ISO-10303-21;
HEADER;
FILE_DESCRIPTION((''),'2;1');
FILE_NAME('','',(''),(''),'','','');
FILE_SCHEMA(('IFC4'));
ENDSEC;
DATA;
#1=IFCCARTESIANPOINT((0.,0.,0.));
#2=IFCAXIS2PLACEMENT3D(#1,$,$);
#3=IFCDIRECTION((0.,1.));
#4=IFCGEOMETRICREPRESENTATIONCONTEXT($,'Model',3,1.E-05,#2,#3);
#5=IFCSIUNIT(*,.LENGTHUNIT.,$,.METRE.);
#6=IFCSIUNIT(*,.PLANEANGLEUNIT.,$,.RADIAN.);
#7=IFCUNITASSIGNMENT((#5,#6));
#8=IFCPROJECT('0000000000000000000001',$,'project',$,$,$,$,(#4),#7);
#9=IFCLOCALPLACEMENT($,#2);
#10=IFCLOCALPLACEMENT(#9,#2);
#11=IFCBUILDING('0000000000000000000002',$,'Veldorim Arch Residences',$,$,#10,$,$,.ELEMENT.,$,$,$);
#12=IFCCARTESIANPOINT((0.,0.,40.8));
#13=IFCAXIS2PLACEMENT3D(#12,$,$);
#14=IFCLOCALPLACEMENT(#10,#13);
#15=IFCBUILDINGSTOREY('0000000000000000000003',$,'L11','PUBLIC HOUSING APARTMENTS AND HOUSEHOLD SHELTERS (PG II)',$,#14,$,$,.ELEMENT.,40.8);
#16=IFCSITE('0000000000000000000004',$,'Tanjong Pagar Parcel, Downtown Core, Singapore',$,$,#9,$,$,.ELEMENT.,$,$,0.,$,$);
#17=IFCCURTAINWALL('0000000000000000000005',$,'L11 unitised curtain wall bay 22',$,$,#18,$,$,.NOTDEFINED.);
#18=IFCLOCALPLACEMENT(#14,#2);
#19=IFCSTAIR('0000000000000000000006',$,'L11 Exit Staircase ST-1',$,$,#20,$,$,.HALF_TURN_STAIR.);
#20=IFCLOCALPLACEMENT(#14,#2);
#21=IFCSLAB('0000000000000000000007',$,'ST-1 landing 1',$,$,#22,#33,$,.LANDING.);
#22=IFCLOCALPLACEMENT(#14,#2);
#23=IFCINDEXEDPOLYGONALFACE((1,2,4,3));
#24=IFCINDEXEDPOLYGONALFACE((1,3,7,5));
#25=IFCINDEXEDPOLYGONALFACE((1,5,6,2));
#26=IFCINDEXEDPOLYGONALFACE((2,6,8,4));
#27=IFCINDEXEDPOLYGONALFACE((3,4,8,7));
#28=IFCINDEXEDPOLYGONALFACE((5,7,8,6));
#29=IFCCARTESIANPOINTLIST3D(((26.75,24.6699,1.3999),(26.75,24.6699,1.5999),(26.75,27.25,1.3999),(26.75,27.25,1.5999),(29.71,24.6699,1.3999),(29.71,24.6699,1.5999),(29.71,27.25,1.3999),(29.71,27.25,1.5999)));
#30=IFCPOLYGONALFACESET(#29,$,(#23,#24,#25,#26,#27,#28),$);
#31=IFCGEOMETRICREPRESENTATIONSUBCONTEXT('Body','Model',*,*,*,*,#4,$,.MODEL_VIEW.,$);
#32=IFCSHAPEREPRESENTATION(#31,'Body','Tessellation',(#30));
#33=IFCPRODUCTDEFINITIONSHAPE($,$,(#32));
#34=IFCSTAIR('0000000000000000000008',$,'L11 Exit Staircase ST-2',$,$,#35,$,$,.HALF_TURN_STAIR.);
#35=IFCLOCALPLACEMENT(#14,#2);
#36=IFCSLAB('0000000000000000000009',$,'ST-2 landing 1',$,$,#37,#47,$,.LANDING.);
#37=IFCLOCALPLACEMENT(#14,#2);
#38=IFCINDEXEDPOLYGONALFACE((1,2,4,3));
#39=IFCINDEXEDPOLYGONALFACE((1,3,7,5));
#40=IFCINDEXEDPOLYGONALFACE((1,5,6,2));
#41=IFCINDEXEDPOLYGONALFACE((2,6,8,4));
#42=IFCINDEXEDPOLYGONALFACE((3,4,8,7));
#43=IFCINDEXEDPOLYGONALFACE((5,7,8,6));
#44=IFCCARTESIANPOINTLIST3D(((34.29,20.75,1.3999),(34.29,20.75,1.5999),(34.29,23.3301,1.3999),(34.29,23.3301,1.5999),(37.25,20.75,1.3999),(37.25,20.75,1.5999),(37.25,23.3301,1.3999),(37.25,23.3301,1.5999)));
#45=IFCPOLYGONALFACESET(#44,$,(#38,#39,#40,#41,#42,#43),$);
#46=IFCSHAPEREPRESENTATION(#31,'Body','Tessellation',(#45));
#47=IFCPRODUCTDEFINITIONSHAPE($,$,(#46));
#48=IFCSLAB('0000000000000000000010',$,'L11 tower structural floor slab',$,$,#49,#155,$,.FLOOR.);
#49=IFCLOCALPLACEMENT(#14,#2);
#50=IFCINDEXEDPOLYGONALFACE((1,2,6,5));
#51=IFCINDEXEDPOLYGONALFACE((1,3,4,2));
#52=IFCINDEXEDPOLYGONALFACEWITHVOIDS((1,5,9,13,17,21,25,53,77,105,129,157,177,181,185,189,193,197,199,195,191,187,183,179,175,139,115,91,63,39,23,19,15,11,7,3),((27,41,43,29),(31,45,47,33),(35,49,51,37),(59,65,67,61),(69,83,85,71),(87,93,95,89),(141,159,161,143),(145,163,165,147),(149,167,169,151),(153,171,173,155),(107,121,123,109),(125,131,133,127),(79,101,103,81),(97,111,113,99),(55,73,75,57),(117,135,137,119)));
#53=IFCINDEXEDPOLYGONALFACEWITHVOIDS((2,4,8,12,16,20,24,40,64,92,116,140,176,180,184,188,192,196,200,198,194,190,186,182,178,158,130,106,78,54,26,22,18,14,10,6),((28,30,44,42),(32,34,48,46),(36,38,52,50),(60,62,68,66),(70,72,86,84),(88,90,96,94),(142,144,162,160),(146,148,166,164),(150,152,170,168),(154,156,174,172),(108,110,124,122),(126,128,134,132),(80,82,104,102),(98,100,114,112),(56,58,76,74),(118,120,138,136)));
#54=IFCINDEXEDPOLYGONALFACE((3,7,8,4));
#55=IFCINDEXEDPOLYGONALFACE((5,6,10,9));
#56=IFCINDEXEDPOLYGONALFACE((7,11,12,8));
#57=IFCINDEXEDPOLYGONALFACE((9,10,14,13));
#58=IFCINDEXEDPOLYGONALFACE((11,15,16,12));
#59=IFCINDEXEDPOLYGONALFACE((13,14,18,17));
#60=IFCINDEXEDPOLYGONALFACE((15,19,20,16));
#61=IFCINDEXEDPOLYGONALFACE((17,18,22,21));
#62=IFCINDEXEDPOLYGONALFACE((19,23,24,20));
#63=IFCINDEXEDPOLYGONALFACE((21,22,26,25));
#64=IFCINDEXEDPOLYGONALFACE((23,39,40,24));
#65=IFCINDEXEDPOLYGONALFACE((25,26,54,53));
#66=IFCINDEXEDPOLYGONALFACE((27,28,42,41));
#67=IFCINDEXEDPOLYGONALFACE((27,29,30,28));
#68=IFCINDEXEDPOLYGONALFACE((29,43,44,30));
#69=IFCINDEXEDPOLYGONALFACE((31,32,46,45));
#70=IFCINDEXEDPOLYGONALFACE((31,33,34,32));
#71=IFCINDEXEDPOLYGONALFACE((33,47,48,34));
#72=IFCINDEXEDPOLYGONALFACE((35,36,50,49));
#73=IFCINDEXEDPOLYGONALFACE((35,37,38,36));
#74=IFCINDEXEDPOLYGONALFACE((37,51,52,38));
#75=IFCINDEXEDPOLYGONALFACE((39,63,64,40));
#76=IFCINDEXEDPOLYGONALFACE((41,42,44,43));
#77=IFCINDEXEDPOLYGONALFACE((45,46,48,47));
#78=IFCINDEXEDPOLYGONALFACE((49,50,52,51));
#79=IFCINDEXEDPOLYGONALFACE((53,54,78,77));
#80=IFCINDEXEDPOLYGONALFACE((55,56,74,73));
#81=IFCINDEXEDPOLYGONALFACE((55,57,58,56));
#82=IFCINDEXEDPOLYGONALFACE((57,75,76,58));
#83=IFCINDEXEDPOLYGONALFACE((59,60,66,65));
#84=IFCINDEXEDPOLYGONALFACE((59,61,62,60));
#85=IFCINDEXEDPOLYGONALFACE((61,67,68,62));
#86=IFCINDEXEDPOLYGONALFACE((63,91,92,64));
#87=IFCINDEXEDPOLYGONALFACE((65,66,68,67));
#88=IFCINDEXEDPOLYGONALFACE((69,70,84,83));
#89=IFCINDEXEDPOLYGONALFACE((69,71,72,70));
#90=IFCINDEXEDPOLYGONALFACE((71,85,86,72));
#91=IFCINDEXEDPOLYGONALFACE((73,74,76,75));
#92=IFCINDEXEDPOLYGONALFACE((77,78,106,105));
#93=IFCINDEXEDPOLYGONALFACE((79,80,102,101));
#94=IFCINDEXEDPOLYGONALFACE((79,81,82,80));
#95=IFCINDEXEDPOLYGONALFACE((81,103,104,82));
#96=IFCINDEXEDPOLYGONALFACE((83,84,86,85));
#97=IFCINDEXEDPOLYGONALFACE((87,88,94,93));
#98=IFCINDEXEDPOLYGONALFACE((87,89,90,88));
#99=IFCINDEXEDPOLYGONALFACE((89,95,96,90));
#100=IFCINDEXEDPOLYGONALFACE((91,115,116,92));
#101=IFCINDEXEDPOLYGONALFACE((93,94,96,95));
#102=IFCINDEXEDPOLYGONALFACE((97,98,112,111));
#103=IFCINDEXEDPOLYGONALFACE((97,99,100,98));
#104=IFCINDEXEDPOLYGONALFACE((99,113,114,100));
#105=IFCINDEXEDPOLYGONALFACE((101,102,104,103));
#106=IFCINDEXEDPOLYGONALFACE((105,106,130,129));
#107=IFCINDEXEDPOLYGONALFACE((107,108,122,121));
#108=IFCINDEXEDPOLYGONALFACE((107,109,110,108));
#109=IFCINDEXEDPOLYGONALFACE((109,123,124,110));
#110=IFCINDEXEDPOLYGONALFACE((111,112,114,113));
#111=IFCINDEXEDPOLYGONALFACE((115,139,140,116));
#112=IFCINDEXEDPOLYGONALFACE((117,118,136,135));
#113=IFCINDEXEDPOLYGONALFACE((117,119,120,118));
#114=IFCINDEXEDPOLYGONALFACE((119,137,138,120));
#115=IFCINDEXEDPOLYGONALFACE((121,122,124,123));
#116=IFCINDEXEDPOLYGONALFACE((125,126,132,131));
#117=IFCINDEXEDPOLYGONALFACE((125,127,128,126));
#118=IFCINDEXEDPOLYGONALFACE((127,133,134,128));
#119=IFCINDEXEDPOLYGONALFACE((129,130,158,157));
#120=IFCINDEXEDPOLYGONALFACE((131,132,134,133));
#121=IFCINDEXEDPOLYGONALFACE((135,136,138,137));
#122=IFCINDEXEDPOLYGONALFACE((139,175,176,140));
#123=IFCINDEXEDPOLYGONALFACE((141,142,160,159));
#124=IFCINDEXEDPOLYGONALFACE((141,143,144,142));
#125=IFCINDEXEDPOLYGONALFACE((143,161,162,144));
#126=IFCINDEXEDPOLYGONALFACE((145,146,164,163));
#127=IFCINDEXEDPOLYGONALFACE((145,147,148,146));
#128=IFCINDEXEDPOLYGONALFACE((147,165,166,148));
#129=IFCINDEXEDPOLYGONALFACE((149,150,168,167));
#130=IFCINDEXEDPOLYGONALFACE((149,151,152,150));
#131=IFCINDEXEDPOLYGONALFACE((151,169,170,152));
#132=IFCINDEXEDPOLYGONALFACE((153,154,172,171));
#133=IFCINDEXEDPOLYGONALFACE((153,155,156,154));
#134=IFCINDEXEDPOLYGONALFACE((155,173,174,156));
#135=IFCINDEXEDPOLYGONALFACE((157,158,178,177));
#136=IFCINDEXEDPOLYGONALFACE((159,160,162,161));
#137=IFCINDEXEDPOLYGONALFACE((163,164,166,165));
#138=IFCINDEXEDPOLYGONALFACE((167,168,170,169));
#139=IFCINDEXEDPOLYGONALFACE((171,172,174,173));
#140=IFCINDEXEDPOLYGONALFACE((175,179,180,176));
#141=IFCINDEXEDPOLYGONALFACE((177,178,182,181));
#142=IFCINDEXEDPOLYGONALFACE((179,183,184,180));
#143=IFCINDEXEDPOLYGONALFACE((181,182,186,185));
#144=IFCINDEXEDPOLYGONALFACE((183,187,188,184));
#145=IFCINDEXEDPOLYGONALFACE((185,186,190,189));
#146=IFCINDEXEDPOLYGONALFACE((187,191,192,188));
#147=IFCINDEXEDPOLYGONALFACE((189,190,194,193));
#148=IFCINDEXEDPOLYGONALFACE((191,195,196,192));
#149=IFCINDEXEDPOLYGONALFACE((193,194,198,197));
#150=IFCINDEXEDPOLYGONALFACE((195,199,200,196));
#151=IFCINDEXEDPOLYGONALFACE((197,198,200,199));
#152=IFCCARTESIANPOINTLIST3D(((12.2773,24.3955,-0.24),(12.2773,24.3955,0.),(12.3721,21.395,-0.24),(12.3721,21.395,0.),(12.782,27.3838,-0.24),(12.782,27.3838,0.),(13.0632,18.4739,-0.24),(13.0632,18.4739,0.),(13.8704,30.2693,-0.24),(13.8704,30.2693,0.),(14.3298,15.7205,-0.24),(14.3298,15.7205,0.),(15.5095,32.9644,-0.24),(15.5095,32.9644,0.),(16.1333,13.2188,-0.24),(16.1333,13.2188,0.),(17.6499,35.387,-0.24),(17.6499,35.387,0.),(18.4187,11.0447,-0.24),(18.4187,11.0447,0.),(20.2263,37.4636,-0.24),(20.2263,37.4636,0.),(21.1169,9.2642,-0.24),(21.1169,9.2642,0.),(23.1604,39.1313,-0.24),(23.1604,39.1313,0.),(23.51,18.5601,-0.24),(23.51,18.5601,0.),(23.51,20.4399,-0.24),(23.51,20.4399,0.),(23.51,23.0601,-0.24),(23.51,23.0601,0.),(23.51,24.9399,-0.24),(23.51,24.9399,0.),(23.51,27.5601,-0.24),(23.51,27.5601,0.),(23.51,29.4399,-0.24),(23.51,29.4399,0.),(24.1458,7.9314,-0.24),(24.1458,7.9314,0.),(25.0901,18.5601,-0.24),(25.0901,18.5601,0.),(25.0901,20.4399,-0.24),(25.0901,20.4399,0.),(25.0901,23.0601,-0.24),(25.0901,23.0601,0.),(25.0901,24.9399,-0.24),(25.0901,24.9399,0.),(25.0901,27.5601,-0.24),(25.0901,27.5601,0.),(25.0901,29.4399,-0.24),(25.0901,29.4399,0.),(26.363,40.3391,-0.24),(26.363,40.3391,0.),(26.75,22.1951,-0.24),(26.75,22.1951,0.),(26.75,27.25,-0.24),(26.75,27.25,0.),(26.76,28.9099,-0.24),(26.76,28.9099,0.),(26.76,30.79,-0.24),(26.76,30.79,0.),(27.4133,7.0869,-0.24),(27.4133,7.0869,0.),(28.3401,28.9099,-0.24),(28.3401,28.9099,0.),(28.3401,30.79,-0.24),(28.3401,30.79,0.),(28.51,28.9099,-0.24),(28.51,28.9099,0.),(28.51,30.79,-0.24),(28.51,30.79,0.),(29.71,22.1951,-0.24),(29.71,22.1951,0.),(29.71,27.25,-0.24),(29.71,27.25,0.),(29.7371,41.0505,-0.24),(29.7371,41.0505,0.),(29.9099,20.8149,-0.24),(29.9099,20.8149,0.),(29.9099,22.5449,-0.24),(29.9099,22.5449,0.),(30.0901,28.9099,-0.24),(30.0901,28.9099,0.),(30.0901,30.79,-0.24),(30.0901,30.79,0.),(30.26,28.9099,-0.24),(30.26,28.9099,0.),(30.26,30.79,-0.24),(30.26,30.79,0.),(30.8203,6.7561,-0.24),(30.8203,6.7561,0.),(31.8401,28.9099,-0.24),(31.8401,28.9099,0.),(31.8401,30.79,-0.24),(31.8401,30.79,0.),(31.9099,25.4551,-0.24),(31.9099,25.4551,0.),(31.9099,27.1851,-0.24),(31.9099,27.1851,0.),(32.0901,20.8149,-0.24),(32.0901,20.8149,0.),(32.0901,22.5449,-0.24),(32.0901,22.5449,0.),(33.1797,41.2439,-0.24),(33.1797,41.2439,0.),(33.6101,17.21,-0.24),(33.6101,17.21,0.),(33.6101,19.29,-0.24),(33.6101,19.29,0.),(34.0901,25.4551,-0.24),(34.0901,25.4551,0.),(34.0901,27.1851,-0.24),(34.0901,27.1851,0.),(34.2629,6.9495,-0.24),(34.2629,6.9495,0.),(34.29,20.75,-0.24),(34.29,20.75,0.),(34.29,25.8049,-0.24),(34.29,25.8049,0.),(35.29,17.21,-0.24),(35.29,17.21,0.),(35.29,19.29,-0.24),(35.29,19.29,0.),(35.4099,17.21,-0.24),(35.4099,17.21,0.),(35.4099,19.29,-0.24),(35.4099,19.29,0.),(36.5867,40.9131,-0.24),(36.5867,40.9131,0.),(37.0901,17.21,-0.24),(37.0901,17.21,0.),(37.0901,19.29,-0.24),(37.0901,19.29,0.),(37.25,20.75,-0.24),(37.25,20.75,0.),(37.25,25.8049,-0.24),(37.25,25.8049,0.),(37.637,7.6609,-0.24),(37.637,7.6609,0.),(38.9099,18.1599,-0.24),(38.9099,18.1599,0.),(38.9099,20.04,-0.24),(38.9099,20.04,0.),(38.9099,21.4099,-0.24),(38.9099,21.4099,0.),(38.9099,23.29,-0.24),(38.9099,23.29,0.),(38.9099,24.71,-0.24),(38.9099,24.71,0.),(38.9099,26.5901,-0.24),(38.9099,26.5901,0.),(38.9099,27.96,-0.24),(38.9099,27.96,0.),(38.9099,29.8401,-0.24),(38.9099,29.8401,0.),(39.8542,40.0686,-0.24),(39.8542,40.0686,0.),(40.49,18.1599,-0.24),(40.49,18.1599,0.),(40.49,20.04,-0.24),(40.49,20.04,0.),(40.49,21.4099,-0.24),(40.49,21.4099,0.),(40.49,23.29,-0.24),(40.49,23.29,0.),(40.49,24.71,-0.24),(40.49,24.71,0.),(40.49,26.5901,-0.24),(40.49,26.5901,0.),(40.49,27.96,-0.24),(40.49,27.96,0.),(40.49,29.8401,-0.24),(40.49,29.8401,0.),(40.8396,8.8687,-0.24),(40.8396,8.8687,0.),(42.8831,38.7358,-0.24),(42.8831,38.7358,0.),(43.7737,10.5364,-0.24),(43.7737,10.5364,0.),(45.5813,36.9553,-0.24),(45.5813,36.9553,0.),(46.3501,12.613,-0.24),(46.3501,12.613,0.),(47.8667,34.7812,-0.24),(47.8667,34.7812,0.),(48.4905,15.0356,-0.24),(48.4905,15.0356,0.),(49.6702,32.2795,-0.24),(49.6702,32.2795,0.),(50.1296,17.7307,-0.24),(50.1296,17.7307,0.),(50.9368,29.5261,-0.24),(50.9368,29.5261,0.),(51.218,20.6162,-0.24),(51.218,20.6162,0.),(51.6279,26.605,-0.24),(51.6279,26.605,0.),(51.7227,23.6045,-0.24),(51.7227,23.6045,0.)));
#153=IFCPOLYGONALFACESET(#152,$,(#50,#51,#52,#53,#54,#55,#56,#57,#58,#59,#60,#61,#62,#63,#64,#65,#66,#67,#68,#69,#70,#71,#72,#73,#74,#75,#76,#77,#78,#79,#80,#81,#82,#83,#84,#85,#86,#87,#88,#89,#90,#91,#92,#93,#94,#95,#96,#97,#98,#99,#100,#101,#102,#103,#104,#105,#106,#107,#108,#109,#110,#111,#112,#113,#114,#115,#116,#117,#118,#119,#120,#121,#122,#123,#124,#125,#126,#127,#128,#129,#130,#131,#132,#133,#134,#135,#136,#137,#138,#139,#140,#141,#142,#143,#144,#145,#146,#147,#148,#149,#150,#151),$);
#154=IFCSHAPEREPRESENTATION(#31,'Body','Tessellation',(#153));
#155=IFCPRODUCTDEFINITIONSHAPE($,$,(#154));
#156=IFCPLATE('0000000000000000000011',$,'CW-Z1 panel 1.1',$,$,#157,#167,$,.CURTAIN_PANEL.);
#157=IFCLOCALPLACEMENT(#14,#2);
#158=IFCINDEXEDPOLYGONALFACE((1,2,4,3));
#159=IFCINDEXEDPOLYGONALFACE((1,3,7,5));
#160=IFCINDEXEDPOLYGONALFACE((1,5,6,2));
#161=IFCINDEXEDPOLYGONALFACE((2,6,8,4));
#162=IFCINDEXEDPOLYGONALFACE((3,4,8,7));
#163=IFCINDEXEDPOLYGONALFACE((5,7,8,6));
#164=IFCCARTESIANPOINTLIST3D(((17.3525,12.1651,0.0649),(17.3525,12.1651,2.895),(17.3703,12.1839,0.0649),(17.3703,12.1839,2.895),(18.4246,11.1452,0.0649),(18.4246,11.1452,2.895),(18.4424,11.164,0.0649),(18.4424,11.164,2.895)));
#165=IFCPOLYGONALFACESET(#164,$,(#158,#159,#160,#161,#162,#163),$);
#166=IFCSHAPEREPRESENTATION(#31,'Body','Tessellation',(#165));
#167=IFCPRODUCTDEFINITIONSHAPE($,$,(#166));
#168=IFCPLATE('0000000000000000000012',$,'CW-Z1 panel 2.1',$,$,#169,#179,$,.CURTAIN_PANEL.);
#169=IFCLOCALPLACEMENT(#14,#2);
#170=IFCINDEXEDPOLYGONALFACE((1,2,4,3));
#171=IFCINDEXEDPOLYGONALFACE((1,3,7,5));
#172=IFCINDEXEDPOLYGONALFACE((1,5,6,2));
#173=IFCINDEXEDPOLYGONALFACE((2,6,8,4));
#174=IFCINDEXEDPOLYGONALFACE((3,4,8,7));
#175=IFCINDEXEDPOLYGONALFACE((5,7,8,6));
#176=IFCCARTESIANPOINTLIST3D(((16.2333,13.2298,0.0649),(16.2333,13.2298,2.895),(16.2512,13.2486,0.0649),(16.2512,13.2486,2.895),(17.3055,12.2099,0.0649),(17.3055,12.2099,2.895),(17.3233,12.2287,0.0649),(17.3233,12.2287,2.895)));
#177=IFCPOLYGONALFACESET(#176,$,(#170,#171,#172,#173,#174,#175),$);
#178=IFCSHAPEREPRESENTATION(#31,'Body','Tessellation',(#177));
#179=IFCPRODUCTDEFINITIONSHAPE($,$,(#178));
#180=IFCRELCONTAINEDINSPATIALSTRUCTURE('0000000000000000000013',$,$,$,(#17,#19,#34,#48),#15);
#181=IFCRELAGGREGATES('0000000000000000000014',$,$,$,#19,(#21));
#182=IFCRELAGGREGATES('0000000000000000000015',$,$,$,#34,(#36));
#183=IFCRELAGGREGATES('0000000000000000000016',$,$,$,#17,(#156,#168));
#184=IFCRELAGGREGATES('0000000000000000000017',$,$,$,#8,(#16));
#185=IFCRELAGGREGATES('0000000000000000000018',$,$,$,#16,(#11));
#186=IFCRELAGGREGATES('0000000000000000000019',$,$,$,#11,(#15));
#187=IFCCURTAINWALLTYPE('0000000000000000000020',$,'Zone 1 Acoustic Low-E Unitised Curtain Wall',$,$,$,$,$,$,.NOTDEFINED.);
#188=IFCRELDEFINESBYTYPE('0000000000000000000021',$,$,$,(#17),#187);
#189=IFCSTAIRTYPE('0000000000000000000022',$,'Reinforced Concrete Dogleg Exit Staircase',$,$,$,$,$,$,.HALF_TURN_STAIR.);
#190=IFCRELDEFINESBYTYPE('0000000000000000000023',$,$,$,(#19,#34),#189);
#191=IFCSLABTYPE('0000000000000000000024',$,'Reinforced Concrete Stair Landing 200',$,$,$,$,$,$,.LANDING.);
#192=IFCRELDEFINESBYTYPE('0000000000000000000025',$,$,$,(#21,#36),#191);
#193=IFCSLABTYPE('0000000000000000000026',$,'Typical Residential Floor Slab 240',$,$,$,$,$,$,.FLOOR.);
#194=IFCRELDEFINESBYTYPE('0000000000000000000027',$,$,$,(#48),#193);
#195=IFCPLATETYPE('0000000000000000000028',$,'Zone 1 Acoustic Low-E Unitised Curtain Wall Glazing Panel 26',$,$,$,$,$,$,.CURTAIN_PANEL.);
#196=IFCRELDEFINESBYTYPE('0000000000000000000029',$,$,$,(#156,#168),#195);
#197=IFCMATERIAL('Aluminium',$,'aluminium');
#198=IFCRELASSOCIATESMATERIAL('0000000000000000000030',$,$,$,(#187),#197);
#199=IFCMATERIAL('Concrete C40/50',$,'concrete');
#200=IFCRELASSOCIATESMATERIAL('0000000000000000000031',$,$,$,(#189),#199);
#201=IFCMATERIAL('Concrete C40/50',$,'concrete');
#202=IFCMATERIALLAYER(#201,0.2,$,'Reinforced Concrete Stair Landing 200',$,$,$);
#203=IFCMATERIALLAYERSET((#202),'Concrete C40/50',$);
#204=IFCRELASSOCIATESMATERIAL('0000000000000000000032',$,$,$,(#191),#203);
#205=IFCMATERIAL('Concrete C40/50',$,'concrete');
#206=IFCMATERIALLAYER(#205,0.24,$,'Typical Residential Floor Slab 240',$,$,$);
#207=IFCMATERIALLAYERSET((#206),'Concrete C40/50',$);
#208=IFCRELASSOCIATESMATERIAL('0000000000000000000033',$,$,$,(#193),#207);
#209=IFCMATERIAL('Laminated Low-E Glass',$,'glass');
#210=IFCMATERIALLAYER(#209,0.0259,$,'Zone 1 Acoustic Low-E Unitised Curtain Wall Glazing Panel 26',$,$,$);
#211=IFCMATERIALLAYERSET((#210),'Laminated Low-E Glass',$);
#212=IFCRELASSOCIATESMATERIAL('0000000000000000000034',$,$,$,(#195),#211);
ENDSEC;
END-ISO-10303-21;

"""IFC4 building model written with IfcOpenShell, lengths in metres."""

from ifc_helpers import new_model, si_unit, direction, frame, origin, origin_2d, place, context, subcontext, project, spatial, polyline, rectangle, outline, extrude, material, layer, layer_set, type_object, element, aggregate, save


model = new_model("IFC4")

# Units and contexts
model_context = context("Model", 3, precision=1e-05, world=origin(), true_north=direction((0.0, 1.0)))
body_context = subcontext(model_context, "Body", "Model", "MODEL_VIEW")
ifc_project = project(units=[si_unit("LENGTHUNIT", "METRE"), si_unit("PLANEANGLEUNIT", "RADIAN")], contexts=[model_context])

# Site, building, storey
site_placement = place(None, origin())
site = spatial("IfcSite", under=ifc_project, at=site_placement, Name="Tanjong Pagar Parcel, Downtown Core, Singapore", CompositionType="ELEMENT", RefElevation=0.0)
building_placement = place(site_placement, origin())
building = spatial("IfcBuilding", under=site, at=building_placement, Name="Veldorim Arch Residences", CompositionType="ELEMENT")
storey_placement = place(building_placement, frame((0.0, 0.0, 40.8)))
storey = spatial("IfcBuildingStorey", under=building, at=storey_placement, Name="L11", Description="PUBLIC HOUSING APARTMENTS AND HOUSEHOLD SHELTERS (PG II)", CompositionType="ELEMENT", Elevation=40.8)

# Curtain wall
ifc_material_1 = material(Name="Aluminium", Category="aluminium")
curtain_wall_type = type_object("IfcCurtainWallType", Name="Zone 1 Acoustic Low-E Unitised Curtain Wall", PredefinedType="NOTDEFINED", material=ifc_material_1)
curtain_wall_placement = place(storey_placement, origin())
curtain_wall = element("IfcCurtainWall", 1, at=curtain_wall_placement, inside=storey, type_object=curtain_wall_type, Name="L11 unitised curtain wall bay 22", PredefinedType="NOTDEFINED")

# Stairs, slabs
ifc_material_2 = material(Name="Concrete C40/50", Category="concrete")
stair_type = type_object("IfcStairType", Name="Reinforced Concrete Dogleg Exit Staircase", PredefinedType="HALF_TURN_STAIR", material=ifc_material_2)
stair_1_placement = place(storey_placement, origin())
stair_1 = element("IfcStair", 2, at=stair_1_placement, inside=storey, type_object=stair_type, Name="L11 Exit Staircase ST-1", PredefinedType="HALF_TURN_STAIR")
ifc_material_3 = material(Name="Concrete C40/50", Category="concrete")
ifc_layer_1 = layer(ifc_material_3, 0.2, Name="Reinforced Concrete Stair Landing 200")
ifc_layer_set_1 = layer_set([ifc_layer_1], Name="Concrete C40/50")
slab_type_1 = type_object("IfcSlabType", Name="Reinforced Concrete Stair Landing 200", PredefinedType="LANDING", material=ifc_layer_set_1)
slab_1_placement = place(storey_placement, frame((0.0, 0.0, 1.3999)))
slab_1 = element("IfcSlab", 3, at=slab_1_placement, type_object=slab_type_1, Name="ST-1 landing 1", PredefinedType="LANDING", context=body_context, shape_type="SweptSolid", body=[
    extrude(outline(polyline([(29.71, 24.6699), (29.71, 27.25), (26.75, 27.25), (26.75, 24.6699), (29.71, 24.6699)])), origin(), (0.0, 0.0, 1.0), 0.2),
])
aggregate(stair_1, [slab_1])
stair_2_placement = place(storey_placement, origin())
stair_2 = element("IfcStair", 4, at=stair_2_placement, inside=storey, type_object=stair_type, Name="L11 Exit Staircase ST-2", PredefinedType="HALF_TURN_STAIR")
slab_2_placement = place(storey_placement, frame((0.0, 0.0, 1.3999)))
slab_2 = element("IfcSlab", 5, at=slab_2_placement, type_object=slab_type_1, Name="ST-2 landing 1", PredefinedType="LANDING", context=body_context, shape_type="SweptSolid", body=[
    extrude(outline(polyline([(34.29, 23.3301), (34.29, 20.75), (37.25, 20.75), (37.25, 23.3301), (34.29, 23.3301)])), origin(), (0.0, 0.0, 1.0), 0.2),
])
aggregate(stair_2, [slab_2])

# Slab
ifc_material_4 = material(Name="Concrete C40/50", Category="concrete")
ifc_layer_2 = layer(ifc_material_4, 0.24, Name="Typical Residential Floor Slab 240")
ifc_layer_set_2 = layer_set([ifc_layer_2], Name="Concrete C40/50")
slab_type_2 = type_object("IfcSlabType", Name="Typical Residential Floor Slab 240", PredefinedType="FLOOR", material=ifc_layer_set_2)
slab_3_placement = place(storey_placement, frame((0.0, 0.0, -0.24)))
element("IfcSlab", 6, at=slab_3_placement, inside=storey, type_object=slab_type_2, Name="L11 tower structural floor slab", PredefinedType="FLOOR", context=body_context, shape_type="SweptSolid", body=[
    extrude(outline(polyline([(51.6279, 26.605), (50.9368, 29.5261), (49.6702, 32.2795), (47.8667, 34.7812), (45.5813, 36.9553), (42.8831, 38.7358), (39.8542, 40.0686), (36.5867, 40.9131), (33.1797, 41.2439), (29.7371, 41.0505), (26.363, 40.3391), (23.1604, 39.1313), (20.2263, 37.4636), (17.6499, 35.387), (15.5095, 32.9644), (13.8704, 30.2693), (12.782, 27.3838), (12.2773, 24.3955), (12.3721, 21.395), (13.0632, 18.4739), (14.3298, 15.7205), (16.1333, 13.2188), (18.4187, 11.0447), (21.1169, 9.2642), (24.1458, 7.9314), (27.4133, 7.0869), (30.8203, 6.7561), (34.2629, 6.9495), (37.637, 7.6609), (40.8396, 8.8687), (43.7737, 10.5364), (46.3501, 12.613), (48.4905, 15.0356), (50.1296, 17.7307), (51.218, 20.6162), (51.7227, 23.6045), (51.6279, 26.605)]), holes=[polyline([(23.51, 20.4399), (25.0901, 20.4399), (25.0901, 18.5601), (23.51, 18.5601), (23.51, 20.4399)]), polyline([(29.9099, 22.5449), (32.0901, 22.5449), (32.0901, 20.8149), (29.9099, 20.8149), (29.9099, 22.5449)]), polyline([(23.51, 24.9399), (25.0901, 24.9399), (25.0901, 23.0601), (23.51, 23.0601), (23.51, 24.9399)]), polyline([(26.75, 27.25), (29.71, 27.25), (29.71, 22.1951), (26.75, 22.1951), (26.75, 27.25)]), polyline([(23.51, 29.4399), (25.0901, 29.4399), (25.0901, 27.5601), (23.51, 27.5601), (23.51, 29.4399)]), polyline([(26.76, 30.79), (28.3401, 30.79), (28.3401, 28.9099), (26.76, 28.9099), (26.76, 30.79)]), polyline([(28.51, 30.79), (30.0901, 30.79), (30.0901, 28.9099), (28.51, 28.9099), (28.51, 30.79)]), polyline([(30.26, 30.79), (31.8401, 30.79), (31.8401, 28.9099), (30.26, 28.9099), (30.26, 30.79)]), polyline([(33.6101, 19.29), (35.29, 19.29), (35.29, 17.21), (33.6101, 17.21), (33.6101, 19.29)]), polyline([(35.4099, 19.29), (37.0901, 19.29), (37.0901, 17.21), (35.4099, 17.21), (35.4099, 19.29)]), polyline([(38.9099, 20.04), (40.49, 20.04), (40.49, 18.1599), (38.9099, 18.1599), (38.9099, 20.04)]), polyline([(38.9099, 23.29), (40.49, 23.29), (40.49, 21.4099), (38.9099, 21.4099), (38.9099, 23.29)]), polyline([(34.29, 25.8049), (37.25, 25.8049), (37.25, 20.75), (34.29, 20.75), (34.29, 25.8049)]), polyline([(38.9099, 26.5901), (40.49, 26.5901), (40.49, 24.71), (38.9099, 24.71), (38.9099, 26.5901)]), polyline([(31.9099, 27.1851), (34.0901, 27.1851), (34.0901, 25.4551), (31.9099, 25.4551), (31.9099, 27.1851)]), polyline([(38.9099, 29.8401), (40.49, 29.8401), (40.49, 27.96), (38.9099, 27.96), (38.9099, 29.8401)])]), origin(), (0.0, 0.0, 1.0), 0.24),
])

# Plates
ifc_material_5 = material(Name="Laminated Low-E Glass", Category="glass")
ifc_layer_3 = layer(ifc_material_5, 0.0259, Name="Zone 1 Acoustic Low-E Unitised Curtain Wall Glazing Panel 26")
ifc_layer_set_3 = layer_set([ifc_layer_3], Name="Laminated Low-E Glass")
plate_type = type_object("IfcPlateType", Name="Zone 1 Acoustic Low-E Unitised Curtain Wall Glazing Panel 26", PredefinedType="CURTAIN_PANEL", material=ifc_layer_set_3)
plate_1_placement = place(storey_placement, frame((17.8975, 11.6646, 0.0649), z_axis=(0.0, 0.0, 1.0), x_axis=(-0.724528, 0.689245, 0.0)))
plate_1 = element("IfcPlate", 7, at=plate_1_placement, type_object=plate_type, Name="CW-Z1 panel 1.1", PredefinedType="CURTAIN_PANEL", context=body_context, shape_type="SweptSolid", body=[
    extrude(rectangle(XDim=1.4797, YDim=0.0259, at=origin_2d()), origin(), (0.0, 0.0, 1.0), 2.8301),
])
plate_2_placement = place(storey_placement, frame((16.7783, 12.7292, 0.0649), z_axis=(0.0, 0.0, 1.0), x_axis=(-0.724528, 0.689245, 0.0)))
plate_2 = element("IfcPlate", 8, at=plate_2_placement, type_object=plate_type, Name="CW-Z1 panel 2.1", PredefinedType="CURTAIN_PANEL", context=body_context, shape_type="SweptSolid", body=[
    extrude(rectangle(XDim=1.4797, YDim=0.0259, at=origin_2d()), origin(), (0.0, 0.0, 1.0), 2.8301),
])
aggregate(curtain_wall, [plate_1, plate_2])

save(model, "model.ifc")
